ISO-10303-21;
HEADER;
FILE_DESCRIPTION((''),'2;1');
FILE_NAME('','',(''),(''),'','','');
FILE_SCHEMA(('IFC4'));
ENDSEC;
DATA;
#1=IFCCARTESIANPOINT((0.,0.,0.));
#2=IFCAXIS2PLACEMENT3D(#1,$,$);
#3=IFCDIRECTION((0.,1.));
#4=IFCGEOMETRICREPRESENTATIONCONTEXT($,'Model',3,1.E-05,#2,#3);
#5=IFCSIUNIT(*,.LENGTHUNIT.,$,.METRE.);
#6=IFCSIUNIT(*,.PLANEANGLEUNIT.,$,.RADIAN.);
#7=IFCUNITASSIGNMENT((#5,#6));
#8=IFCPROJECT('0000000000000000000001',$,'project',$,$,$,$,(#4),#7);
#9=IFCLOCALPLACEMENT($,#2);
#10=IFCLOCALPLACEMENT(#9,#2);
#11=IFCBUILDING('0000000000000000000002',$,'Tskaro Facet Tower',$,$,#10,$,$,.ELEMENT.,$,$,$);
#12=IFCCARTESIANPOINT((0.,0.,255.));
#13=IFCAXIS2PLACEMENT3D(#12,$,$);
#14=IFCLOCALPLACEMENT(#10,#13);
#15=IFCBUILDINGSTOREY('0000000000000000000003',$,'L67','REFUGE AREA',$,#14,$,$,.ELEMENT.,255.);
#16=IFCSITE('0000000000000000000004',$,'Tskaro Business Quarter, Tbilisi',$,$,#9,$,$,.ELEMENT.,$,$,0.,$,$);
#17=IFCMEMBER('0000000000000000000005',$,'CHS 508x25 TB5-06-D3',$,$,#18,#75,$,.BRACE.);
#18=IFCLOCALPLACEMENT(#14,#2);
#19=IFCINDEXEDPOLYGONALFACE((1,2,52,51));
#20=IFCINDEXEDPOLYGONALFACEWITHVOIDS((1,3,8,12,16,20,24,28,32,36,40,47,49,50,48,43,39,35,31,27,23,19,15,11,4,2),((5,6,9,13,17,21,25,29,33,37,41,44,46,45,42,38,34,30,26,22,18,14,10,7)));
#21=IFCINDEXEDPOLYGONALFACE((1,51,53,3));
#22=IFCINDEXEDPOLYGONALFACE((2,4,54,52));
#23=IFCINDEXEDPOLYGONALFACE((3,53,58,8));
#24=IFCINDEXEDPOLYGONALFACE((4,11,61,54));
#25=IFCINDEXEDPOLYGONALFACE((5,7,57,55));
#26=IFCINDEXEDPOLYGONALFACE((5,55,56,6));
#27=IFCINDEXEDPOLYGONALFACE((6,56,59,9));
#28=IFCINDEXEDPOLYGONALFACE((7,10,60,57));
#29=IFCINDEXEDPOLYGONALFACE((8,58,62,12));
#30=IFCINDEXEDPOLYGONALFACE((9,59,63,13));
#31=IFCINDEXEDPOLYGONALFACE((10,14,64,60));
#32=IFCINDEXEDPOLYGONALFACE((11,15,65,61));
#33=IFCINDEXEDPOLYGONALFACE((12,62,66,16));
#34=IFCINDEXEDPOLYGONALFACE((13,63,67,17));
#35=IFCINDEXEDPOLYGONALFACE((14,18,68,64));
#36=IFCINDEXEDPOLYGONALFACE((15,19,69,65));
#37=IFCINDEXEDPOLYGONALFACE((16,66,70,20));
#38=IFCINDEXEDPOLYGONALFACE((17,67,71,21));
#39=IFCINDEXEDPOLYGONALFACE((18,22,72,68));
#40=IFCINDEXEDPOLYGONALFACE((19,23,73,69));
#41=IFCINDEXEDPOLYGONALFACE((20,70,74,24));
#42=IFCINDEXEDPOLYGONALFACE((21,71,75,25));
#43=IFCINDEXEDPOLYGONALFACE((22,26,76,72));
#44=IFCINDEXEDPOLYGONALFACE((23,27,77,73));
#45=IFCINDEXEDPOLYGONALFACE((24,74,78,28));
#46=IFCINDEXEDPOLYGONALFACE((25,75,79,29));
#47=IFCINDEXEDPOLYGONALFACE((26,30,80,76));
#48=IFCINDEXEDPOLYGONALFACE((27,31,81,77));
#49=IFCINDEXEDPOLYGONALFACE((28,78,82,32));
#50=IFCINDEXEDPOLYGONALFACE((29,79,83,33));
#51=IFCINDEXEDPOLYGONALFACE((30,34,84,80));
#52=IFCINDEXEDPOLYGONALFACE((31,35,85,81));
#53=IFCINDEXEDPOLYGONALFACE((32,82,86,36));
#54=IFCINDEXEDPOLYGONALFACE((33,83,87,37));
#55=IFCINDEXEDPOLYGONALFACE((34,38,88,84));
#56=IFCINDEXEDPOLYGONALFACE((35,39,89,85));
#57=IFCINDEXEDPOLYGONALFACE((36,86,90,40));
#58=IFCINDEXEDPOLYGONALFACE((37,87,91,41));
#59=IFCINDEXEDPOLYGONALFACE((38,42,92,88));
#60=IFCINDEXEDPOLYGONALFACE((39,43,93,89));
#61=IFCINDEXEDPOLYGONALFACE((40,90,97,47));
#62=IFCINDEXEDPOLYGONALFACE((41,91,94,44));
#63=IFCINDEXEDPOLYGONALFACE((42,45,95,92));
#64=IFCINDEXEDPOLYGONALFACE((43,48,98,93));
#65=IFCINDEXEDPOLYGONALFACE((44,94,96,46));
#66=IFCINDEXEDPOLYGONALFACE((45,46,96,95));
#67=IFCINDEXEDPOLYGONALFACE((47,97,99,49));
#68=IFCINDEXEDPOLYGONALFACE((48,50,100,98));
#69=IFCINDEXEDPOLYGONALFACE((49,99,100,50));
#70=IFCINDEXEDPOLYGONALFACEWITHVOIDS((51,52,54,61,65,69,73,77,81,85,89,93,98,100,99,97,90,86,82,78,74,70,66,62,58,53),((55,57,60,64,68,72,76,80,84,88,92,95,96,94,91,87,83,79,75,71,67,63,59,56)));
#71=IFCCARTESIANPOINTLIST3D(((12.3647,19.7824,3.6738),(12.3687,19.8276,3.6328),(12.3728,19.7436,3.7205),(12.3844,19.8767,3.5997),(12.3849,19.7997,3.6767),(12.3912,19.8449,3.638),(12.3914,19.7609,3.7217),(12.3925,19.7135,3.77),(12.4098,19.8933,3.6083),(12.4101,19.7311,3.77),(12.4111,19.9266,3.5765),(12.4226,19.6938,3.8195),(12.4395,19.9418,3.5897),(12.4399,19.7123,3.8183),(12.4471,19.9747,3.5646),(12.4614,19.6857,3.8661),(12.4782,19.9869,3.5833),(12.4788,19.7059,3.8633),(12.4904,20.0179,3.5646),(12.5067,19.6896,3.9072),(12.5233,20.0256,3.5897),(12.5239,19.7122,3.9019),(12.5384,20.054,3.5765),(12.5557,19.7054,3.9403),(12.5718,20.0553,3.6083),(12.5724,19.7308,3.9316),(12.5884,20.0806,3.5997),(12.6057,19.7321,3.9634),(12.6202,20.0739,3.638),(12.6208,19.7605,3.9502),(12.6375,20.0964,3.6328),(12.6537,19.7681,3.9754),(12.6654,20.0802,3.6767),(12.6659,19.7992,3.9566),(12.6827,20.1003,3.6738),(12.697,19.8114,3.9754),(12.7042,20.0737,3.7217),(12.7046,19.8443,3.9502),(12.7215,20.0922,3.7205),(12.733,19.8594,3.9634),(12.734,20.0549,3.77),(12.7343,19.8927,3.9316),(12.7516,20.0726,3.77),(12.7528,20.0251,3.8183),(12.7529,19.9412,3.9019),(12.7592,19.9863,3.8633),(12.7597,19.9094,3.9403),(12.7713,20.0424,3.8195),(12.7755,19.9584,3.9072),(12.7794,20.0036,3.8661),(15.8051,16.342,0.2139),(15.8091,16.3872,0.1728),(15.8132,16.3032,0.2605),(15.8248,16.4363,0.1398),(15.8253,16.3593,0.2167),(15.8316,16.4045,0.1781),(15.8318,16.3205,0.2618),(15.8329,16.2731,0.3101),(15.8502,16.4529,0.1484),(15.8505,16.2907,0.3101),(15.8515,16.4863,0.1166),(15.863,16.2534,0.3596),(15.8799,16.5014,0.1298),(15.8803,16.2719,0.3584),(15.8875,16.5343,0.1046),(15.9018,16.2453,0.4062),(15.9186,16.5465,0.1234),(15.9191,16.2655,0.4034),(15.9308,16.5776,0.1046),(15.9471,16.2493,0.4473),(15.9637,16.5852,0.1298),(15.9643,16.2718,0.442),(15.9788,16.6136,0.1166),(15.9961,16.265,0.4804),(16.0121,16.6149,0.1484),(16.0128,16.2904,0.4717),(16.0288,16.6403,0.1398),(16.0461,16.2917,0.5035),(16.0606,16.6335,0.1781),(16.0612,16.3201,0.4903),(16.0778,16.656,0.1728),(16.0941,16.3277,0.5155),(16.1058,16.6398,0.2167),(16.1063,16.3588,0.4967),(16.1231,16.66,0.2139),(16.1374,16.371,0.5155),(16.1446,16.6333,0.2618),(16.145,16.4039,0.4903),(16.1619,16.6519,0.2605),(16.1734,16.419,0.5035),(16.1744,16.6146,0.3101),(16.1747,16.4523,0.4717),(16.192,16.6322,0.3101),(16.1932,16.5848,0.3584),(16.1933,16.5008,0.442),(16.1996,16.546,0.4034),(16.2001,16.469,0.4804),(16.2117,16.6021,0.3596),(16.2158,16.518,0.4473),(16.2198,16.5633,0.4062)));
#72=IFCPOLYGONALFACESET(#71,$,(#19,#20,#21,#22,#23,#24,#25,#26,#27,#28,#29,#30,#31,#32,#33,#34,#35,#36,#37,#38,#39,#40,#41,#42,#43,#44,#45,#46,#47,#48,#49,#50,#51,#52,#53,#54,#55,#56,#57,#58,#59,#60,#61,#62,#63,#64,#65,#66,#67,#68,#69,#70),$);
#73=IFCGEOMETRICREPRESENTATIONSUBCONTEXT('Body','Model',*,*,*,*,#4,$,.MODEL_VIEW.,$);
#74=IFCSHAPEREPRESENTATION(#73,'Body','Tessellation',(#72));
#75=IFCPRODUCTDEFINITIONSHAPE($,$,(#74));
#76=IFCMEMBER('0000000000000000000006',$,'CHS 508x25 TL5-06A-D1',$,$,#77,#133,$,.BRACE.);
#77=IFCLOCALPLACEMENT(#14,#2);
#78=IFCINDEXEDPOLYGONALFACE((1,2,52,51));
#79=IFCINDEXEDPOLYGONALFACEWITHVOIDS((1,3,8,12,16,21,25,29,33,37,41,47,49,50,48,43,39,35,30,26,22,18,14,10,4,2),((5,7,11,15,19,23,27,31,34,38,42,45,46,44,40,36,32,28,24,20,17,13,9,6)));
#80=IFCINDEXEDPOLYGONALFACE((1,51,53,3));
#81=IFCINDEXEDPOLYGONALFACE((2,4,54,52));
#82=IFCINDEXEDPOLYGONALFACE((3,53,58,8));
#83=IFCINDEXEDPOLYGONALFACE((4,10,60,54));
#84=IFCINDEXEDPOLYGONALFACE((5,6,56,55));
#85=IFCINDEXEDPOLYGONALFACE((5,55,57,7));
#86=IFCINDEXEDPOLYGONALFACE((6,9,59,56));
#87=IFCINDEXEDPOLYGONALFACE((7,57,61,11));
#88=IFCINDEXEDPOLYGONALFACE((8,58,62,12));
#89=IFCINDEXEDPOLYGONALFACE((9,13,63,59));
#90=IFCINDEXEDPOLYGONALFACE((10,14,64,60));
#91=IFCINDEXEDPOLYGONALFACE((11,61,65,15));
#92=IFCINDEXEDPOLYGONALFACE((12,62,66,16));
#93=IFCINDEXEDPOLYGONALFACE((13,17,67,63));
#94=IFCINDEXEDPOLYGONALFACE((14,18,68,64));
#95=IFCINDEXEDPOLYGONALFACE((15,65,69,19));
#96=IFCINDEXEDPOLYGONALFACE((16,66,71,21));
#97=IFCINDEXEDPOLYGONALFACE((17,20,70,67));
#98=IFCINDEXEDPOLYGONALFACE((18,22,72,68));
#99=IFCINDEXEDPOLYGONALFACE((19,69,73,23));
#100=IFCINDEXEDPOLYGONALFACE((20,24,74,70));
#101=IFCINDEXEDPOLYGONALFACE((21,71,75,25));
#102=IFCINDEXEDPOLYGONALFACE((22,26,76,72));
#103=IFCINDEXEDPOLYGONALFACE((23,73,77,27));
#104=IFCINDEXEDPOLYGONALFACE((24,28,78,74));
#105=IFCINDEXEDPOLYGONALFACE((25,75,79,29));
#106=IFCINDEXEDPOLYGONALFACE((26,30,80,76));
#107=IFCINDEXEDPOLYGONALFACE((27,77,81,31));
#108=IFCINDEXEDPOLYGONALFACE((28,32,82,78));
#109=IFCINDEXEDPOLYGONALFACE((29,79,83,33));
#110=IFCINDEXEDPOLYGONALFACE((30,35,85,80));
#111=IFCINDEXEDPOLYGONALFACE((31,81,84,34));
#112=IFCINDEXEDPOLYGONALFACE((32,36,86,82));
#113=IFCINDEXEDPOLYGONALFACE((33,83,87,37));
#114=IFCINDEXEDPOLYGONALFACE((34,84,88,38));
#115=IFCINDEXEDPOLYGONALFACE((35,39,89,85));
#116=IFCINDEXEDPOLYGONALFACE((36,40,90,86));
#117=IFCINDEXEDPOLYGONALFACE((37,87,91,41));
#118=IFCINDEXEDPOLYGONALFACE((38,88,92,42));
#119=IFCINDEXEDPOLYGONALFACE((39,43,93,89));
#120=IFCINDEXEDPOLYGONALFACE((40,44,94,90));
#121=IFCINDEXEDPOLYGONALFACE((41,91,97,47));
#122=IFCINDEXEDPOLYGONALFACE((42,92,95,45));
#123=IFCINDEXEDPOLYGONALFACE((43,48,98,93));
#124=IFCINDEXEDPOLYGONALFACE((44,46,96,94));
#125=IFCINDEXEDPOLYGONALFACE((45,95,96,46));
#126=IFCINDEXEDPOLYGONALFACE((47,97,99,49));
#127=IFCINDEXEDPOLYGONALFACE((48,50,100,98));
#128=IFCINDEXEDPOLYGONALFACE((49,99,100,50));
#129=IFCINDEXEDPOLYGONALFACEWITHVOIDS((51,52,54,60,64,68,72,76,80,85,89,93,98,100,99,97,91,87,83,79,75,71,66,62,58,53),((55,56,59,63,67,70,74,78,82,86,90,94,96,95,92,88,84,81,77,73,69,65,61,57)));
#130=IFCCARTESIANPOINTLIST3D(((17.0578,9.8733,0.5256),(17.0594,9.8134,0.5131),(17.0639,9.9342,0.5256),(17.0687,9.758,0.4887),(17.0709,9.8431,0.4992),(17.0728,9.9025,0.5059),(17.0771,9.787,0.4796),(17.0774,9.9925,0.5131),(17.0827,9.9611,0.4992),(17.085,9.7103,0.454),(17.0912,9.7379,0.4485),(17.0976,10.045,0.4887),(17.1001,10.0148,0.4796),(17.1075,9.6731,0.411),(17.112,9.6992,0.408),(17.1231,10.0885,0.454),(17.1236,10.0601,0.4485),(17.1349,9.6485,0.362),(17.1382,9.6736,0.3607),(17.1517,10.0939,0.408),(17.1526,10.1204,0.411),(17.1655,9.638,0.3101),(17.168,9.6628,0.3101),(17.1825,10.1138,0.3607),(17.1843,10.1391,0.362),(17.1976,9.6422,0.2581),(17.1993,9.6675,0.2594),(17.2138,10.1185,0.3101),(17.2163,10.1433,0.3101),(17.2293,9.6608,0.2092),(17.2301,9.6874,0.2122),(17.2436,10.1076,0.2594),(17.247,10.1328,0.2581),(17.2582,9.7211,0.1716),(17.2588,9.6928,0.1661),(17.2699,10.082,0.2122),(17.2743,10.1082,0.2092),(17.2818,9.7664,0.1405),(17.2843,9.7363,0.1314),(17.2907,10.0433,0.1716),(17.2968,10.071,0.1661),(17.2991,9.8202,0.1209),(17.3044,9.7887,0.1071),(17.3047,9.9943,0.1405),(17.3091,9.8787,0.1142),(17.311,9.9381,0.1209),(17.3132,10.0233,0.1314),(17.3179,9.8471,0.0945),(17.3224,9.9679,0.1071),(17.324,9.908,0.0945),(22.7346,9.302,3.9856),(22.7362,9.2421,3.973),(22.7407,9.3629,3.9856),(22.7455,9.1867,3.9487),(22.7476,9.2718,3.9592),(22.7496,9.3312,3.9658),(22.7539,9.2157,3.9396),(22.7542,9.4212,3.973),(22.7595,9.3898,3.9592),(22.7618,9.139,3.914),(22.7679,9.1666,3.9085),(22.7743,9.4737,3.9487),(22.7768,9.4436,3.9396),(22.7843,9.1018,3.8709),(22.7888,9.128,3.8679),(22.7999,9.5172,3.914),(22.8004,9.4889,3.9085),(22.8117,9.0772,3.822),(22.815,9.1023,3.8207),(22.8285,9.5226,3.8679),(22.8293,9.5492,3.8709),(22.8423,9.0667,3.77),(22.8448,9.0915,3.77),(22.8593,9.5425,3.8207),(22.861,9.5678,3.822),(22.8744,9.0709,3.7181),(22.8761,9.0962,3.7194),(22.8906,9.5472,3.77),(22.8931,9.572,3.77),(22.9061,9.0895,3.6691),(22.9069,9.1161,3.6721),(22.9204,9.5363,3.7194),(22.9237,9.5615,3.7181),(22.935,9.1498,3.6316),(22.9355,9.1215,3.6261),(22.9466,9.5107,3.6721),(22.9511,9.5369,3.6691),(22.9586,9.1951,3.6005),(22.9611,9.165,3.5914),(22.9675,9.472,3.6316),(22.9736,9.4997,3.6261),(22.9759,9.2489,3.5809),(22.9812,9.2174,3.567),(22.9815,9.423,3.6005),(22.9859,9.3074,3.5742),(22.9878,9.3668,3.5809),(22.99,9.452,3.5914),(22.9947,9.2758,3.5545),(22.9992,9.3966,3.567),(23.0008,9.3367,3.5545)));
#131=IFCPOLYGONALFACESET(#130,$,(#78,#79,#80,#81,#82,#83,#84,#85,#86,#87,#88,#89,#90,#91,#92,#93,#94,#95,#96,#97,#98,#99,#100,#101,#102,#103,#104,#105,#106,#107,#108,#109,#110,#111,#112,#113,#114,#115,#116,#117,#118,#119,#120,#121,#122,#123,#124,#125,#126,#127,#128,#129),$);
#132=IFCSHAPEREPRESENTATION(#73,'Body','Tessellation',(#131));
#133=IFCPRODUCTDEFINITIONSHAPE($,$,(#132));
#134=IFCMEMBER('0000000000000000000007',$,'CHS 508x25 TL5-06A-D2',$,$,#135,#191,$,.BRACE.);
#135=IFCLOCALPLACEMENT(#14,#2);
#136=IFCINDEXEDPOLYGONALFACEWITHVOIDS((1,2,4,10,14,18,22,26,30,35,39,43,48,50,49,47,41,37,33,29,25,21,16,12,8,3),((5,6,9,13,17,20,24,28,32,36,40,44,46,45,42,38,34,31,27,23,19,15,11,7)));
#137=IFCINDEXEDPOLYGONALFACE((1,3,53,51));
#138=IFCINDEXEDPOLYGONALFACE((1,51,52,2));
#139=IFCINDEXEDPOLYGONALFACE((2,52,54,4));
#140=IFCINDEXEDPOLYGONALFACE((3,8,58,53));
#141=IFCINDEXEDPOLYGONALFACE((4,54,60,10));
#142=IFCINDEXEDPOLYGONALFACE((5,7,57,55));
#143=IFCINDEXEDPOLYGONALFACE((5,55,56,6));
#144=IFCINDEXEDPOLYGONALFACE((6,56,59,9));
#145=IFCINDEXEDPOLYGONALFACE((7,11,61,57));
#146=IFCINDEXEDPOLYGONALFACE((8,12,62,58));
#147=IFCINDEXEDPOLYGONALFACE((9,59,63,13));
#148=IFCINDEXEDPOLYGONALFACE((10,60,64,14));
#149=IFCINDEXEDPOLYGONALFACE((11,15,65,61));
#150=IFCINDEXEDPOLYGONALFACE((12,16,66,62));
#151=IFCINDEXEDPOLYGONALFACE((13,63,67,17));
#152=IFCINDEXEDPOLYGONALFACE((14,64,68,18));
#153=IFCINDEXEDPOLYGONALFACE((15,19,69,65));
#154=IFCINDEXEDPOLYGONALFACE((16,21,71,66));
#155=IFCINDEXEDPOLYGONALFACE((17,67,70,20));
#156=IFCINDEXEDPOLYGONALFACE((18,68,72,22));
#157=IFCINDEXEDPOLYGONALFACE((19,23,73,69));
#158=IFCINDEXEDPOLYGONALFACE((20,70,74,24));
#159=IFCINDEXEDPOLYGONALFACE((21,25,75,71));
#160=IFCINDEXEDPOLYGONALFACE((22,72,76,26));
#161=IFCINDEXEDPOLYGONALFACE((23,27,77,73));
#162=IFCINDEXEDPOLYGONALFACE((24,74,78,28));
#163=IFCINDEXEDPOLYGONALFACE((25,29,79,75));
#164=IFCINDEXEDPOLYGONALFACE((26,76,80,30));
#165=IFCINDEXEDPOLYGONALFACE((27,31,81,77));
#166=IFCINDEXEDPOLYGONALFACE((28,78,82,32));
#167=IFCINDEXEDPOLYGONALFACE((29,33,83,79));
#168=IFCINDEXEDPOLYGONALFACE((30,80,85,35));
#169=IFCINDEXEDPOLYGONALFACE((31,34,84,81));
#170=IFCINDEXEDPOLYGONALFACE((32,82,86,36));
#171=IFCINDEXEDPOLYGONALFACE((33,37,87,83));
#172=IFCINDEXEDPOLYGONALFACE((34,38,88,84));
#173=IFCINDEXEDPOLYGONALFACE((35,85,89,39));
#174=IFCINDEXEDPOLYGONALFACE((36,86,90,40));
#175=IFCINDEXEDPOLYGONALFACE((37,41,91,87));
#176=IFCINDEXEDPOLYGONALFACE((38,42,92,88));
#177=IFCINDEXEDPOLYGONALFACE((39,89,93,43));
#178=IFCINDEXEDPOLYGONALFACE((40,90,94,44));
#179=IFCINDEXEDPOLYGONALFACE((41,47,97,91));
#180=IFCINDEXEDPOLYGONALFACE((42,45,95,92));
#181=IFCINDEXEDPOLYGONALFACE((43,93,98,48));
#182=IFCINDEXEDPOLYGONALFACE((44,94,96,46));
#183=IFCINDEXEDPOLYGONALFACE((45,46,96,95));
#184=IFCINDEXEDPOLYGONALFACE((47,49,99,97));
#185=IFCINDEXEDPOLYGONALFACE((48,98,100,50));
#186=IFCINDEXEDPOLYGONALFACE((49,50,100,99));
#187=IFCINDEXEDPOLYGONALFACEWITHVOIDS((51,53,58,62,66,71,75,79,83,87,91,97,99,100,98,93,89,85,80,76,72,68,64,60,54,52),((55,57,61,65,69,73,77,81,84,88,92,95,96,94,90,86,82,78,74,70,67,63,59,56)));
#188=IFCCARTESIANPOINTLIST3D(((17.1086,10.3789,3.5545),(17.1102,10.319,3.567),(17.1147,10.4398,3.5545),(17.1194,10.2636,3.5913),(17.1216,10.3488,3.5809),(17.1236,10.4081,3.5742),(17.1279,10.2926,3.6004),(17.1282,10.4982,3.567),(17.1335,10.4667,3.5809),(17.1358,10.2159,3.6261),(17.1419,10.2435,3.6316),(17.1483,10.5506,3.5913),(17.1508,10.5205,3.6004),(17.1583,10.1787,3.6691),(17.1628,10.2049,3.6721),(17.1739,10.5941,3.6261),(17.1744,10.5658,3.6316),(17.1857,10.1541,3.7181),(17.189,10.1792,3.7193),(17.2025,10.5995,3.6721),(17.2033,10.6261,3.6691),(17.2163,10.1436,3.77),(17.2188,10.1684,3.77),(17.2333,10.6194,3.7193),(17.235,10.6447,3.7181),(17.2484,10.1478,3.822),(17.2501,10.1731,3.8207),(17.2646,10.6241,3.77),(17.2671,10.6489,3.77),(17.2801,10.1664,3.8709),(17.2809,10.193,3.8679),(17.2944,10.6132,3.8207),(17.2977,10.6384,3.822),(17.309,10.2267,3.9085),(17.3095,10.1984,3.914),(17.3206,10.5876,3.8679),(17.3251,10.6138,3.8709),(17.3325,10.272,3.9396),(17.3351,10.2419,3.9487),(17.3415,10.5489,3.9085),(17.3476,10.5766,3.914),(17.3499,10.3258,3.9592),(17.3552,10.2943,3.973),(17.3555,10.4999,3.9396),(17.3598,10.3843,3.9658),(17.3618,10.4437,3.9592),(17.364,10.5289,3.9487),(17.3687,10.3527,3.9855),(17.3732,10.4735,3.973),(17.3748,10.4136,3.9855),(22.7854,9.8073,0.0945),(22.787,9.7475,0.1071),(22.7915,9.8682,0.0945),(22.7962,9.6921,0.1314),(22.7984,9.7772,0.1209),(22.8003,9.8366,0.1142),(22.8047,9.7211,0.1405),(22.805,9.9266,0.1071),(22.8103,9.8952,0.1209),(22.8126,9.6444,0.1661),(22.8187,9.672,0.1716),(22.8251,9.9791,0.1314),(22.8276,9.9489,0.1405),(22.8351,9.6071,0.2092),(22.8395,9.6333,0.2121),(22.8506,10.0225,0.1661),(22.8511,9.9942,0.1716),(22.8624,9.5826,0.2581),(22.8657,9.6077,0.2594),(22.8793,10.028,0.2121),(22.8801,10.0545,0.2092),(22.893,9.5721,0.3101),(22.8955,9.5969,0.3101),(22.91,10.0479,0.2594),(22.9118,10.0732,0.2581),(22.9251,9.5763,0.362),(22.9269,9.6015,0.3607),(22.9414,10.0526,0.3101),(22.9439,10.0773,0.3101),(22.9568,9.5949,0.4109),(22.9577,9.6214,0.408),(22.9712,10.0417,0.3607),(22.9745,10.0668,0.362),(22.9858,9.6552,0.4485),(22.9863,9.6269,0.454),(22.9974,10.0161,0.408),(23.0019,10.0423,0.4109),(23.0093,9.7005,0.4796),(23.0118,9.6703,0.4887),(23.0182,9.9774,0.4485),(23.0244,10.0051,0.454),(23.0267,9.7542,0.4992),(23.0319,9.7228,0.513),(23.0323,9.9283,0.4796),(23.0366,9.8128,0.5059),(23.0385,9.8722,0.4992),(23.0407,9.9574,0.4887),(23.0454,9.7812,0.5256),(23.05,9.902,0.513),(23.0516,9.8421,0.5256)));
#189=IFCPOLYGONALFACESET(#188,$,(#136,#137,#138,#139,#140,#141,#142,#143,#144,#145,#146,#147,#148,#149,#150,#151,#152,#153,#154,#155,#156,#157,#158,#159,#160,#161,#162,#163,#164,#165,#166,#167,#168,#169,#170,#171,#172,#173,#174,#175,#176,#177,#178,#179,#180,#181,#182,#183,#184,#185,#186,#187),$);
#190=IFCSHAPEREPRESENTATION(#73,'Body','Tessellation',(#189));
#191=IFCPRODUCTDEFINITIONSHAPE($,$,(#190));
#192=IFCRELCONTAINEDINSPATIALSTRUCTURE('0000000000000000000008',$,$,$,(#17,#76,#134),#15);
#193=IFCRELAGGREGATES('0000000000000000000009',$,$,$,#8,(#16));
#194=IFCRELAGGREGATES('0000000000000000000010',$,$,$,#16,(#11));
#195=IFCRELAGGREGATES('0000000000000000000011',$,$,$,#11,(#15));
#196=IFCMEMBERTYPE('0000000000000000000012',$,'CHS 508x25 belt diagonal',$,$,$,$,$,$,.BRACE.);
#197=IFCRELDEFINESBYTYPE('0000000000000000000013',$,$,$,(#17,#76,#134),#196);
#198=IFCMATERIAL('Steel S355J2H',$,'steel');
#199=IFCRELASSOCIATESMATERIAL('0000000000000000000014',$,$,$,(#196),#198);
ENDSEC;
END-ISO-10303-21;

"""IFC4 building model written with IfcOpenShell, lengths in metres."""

from ifc_helpers import new_model, si_unit, direction, frame, origin, origin_2d, place, context, subcontext, project, spatial, hollow_circle, extrude, material, material_profile, profile_set, type_object, element, save


model = new_model("IFC4")

# Units and contexts
model_context = context("Model", 3, precision=1e-05, world=origin(), true_north=direction((0.0, 1.0)))
body_context = subcontext(model_context, "Body", "Model", "MODEL_VIEW")
ifc_project = project(units=[si_unit("LENGTHUNIT", "METRE"), si_unit("PLANEANGLEUNIT", "RADIAN")], contexts=[model_context])

# Site, building, storey
site_placement = place(None, origin())
site = spatial("IfcSite", under=ifc_project, at=site_placement, Name="Tskaro Business Quarter, Tbilisi", CompositionType="ELEMENT", RefElevation=0.0)
building_placement = place(site_placement, origin())
building = spatial("IfcBuilding", under=site, at=building_placement, Name="Tskaro Facet Tower", CompositionType="ELEMENT")
storey_placement = place(building_placement, frame((0.0, 0.0, 255.0)))
storey = spatial("IfcBuildingStorey", under=building, at=storey_placement, Name="L67", Description="REFUGE AREA", CompositionType="ELEMENT", Elevation=255.0)

# Members
ifc_material_1 = material(Name="Steel S355J2H", Category="steel")
ifc_material_profile_1 = material_profile(ifc_material_1, hollow_circle(Radius=0.2539, WallThickness=0.0249, at=origin_2d()), Name="CHS 508x25")
ifc_profile_set_1 = profile_set([ifc_material_profile_1], Name="Steel S355J2H")
member_type_1 = type_object("IfcMemberType", Name="CHS 508x25 belt diagonal", PredefinedType="BRACE", material=ifc_profile_set_1)
member_1_placement = place(storey_placement, frame((16.0125, 16.4526, 0.3101), z_axis=(-0.576258, 0.576258, 0.579529), x_axis=(-0.707107, -0.707107, 0.0)))
element("IfcMember", 1, at=member_1_placement, inside=storey, type_object=member_type_1, Name="CHS 508x25 TB5-06-D3", PredefinedType="BRACE", context=body_context, shape_type="SweptSolid", body=[
    extrude(hollow_circle(Radius=0.2539, WallThickness=0.0249, at=origin_2d()), origin(), (0.0, 0.0, 1.0), 5.9702),
])
for number, where, z_axis, x_axis, name in (
    (2, (17.1909, 9.8906, 0.3101), (0.850759, -0.085617, 0.518534), (0.100131, 0.994974, 0.0), "CHS 508x25 TL5-06A-D1"),
    (3, (17.2417, 10.3962, 3.77), (0.850757, -0.085654, -0.518533), (0.100173, 0.99497, 0.0), "CHS 508x25 TL5-06A-D2"),
):
    element("IfcMember", number, at=place(storey_placement, frame(where, z_axis=z_axis, x_axis=x_axis)), inside=storey, type_object=member_type_1, Name=name, PredefinedType="BRACE", context=body_context, shape_type="SweptSolid", body=[
        extrude(hollow_circle(Radius=0.2539, WallThickness=0.0249, at=origin_2d()), origin(), (0.0, 0.0, 1.0), 6.6726),
    ])

save(model, "model.ifc")
